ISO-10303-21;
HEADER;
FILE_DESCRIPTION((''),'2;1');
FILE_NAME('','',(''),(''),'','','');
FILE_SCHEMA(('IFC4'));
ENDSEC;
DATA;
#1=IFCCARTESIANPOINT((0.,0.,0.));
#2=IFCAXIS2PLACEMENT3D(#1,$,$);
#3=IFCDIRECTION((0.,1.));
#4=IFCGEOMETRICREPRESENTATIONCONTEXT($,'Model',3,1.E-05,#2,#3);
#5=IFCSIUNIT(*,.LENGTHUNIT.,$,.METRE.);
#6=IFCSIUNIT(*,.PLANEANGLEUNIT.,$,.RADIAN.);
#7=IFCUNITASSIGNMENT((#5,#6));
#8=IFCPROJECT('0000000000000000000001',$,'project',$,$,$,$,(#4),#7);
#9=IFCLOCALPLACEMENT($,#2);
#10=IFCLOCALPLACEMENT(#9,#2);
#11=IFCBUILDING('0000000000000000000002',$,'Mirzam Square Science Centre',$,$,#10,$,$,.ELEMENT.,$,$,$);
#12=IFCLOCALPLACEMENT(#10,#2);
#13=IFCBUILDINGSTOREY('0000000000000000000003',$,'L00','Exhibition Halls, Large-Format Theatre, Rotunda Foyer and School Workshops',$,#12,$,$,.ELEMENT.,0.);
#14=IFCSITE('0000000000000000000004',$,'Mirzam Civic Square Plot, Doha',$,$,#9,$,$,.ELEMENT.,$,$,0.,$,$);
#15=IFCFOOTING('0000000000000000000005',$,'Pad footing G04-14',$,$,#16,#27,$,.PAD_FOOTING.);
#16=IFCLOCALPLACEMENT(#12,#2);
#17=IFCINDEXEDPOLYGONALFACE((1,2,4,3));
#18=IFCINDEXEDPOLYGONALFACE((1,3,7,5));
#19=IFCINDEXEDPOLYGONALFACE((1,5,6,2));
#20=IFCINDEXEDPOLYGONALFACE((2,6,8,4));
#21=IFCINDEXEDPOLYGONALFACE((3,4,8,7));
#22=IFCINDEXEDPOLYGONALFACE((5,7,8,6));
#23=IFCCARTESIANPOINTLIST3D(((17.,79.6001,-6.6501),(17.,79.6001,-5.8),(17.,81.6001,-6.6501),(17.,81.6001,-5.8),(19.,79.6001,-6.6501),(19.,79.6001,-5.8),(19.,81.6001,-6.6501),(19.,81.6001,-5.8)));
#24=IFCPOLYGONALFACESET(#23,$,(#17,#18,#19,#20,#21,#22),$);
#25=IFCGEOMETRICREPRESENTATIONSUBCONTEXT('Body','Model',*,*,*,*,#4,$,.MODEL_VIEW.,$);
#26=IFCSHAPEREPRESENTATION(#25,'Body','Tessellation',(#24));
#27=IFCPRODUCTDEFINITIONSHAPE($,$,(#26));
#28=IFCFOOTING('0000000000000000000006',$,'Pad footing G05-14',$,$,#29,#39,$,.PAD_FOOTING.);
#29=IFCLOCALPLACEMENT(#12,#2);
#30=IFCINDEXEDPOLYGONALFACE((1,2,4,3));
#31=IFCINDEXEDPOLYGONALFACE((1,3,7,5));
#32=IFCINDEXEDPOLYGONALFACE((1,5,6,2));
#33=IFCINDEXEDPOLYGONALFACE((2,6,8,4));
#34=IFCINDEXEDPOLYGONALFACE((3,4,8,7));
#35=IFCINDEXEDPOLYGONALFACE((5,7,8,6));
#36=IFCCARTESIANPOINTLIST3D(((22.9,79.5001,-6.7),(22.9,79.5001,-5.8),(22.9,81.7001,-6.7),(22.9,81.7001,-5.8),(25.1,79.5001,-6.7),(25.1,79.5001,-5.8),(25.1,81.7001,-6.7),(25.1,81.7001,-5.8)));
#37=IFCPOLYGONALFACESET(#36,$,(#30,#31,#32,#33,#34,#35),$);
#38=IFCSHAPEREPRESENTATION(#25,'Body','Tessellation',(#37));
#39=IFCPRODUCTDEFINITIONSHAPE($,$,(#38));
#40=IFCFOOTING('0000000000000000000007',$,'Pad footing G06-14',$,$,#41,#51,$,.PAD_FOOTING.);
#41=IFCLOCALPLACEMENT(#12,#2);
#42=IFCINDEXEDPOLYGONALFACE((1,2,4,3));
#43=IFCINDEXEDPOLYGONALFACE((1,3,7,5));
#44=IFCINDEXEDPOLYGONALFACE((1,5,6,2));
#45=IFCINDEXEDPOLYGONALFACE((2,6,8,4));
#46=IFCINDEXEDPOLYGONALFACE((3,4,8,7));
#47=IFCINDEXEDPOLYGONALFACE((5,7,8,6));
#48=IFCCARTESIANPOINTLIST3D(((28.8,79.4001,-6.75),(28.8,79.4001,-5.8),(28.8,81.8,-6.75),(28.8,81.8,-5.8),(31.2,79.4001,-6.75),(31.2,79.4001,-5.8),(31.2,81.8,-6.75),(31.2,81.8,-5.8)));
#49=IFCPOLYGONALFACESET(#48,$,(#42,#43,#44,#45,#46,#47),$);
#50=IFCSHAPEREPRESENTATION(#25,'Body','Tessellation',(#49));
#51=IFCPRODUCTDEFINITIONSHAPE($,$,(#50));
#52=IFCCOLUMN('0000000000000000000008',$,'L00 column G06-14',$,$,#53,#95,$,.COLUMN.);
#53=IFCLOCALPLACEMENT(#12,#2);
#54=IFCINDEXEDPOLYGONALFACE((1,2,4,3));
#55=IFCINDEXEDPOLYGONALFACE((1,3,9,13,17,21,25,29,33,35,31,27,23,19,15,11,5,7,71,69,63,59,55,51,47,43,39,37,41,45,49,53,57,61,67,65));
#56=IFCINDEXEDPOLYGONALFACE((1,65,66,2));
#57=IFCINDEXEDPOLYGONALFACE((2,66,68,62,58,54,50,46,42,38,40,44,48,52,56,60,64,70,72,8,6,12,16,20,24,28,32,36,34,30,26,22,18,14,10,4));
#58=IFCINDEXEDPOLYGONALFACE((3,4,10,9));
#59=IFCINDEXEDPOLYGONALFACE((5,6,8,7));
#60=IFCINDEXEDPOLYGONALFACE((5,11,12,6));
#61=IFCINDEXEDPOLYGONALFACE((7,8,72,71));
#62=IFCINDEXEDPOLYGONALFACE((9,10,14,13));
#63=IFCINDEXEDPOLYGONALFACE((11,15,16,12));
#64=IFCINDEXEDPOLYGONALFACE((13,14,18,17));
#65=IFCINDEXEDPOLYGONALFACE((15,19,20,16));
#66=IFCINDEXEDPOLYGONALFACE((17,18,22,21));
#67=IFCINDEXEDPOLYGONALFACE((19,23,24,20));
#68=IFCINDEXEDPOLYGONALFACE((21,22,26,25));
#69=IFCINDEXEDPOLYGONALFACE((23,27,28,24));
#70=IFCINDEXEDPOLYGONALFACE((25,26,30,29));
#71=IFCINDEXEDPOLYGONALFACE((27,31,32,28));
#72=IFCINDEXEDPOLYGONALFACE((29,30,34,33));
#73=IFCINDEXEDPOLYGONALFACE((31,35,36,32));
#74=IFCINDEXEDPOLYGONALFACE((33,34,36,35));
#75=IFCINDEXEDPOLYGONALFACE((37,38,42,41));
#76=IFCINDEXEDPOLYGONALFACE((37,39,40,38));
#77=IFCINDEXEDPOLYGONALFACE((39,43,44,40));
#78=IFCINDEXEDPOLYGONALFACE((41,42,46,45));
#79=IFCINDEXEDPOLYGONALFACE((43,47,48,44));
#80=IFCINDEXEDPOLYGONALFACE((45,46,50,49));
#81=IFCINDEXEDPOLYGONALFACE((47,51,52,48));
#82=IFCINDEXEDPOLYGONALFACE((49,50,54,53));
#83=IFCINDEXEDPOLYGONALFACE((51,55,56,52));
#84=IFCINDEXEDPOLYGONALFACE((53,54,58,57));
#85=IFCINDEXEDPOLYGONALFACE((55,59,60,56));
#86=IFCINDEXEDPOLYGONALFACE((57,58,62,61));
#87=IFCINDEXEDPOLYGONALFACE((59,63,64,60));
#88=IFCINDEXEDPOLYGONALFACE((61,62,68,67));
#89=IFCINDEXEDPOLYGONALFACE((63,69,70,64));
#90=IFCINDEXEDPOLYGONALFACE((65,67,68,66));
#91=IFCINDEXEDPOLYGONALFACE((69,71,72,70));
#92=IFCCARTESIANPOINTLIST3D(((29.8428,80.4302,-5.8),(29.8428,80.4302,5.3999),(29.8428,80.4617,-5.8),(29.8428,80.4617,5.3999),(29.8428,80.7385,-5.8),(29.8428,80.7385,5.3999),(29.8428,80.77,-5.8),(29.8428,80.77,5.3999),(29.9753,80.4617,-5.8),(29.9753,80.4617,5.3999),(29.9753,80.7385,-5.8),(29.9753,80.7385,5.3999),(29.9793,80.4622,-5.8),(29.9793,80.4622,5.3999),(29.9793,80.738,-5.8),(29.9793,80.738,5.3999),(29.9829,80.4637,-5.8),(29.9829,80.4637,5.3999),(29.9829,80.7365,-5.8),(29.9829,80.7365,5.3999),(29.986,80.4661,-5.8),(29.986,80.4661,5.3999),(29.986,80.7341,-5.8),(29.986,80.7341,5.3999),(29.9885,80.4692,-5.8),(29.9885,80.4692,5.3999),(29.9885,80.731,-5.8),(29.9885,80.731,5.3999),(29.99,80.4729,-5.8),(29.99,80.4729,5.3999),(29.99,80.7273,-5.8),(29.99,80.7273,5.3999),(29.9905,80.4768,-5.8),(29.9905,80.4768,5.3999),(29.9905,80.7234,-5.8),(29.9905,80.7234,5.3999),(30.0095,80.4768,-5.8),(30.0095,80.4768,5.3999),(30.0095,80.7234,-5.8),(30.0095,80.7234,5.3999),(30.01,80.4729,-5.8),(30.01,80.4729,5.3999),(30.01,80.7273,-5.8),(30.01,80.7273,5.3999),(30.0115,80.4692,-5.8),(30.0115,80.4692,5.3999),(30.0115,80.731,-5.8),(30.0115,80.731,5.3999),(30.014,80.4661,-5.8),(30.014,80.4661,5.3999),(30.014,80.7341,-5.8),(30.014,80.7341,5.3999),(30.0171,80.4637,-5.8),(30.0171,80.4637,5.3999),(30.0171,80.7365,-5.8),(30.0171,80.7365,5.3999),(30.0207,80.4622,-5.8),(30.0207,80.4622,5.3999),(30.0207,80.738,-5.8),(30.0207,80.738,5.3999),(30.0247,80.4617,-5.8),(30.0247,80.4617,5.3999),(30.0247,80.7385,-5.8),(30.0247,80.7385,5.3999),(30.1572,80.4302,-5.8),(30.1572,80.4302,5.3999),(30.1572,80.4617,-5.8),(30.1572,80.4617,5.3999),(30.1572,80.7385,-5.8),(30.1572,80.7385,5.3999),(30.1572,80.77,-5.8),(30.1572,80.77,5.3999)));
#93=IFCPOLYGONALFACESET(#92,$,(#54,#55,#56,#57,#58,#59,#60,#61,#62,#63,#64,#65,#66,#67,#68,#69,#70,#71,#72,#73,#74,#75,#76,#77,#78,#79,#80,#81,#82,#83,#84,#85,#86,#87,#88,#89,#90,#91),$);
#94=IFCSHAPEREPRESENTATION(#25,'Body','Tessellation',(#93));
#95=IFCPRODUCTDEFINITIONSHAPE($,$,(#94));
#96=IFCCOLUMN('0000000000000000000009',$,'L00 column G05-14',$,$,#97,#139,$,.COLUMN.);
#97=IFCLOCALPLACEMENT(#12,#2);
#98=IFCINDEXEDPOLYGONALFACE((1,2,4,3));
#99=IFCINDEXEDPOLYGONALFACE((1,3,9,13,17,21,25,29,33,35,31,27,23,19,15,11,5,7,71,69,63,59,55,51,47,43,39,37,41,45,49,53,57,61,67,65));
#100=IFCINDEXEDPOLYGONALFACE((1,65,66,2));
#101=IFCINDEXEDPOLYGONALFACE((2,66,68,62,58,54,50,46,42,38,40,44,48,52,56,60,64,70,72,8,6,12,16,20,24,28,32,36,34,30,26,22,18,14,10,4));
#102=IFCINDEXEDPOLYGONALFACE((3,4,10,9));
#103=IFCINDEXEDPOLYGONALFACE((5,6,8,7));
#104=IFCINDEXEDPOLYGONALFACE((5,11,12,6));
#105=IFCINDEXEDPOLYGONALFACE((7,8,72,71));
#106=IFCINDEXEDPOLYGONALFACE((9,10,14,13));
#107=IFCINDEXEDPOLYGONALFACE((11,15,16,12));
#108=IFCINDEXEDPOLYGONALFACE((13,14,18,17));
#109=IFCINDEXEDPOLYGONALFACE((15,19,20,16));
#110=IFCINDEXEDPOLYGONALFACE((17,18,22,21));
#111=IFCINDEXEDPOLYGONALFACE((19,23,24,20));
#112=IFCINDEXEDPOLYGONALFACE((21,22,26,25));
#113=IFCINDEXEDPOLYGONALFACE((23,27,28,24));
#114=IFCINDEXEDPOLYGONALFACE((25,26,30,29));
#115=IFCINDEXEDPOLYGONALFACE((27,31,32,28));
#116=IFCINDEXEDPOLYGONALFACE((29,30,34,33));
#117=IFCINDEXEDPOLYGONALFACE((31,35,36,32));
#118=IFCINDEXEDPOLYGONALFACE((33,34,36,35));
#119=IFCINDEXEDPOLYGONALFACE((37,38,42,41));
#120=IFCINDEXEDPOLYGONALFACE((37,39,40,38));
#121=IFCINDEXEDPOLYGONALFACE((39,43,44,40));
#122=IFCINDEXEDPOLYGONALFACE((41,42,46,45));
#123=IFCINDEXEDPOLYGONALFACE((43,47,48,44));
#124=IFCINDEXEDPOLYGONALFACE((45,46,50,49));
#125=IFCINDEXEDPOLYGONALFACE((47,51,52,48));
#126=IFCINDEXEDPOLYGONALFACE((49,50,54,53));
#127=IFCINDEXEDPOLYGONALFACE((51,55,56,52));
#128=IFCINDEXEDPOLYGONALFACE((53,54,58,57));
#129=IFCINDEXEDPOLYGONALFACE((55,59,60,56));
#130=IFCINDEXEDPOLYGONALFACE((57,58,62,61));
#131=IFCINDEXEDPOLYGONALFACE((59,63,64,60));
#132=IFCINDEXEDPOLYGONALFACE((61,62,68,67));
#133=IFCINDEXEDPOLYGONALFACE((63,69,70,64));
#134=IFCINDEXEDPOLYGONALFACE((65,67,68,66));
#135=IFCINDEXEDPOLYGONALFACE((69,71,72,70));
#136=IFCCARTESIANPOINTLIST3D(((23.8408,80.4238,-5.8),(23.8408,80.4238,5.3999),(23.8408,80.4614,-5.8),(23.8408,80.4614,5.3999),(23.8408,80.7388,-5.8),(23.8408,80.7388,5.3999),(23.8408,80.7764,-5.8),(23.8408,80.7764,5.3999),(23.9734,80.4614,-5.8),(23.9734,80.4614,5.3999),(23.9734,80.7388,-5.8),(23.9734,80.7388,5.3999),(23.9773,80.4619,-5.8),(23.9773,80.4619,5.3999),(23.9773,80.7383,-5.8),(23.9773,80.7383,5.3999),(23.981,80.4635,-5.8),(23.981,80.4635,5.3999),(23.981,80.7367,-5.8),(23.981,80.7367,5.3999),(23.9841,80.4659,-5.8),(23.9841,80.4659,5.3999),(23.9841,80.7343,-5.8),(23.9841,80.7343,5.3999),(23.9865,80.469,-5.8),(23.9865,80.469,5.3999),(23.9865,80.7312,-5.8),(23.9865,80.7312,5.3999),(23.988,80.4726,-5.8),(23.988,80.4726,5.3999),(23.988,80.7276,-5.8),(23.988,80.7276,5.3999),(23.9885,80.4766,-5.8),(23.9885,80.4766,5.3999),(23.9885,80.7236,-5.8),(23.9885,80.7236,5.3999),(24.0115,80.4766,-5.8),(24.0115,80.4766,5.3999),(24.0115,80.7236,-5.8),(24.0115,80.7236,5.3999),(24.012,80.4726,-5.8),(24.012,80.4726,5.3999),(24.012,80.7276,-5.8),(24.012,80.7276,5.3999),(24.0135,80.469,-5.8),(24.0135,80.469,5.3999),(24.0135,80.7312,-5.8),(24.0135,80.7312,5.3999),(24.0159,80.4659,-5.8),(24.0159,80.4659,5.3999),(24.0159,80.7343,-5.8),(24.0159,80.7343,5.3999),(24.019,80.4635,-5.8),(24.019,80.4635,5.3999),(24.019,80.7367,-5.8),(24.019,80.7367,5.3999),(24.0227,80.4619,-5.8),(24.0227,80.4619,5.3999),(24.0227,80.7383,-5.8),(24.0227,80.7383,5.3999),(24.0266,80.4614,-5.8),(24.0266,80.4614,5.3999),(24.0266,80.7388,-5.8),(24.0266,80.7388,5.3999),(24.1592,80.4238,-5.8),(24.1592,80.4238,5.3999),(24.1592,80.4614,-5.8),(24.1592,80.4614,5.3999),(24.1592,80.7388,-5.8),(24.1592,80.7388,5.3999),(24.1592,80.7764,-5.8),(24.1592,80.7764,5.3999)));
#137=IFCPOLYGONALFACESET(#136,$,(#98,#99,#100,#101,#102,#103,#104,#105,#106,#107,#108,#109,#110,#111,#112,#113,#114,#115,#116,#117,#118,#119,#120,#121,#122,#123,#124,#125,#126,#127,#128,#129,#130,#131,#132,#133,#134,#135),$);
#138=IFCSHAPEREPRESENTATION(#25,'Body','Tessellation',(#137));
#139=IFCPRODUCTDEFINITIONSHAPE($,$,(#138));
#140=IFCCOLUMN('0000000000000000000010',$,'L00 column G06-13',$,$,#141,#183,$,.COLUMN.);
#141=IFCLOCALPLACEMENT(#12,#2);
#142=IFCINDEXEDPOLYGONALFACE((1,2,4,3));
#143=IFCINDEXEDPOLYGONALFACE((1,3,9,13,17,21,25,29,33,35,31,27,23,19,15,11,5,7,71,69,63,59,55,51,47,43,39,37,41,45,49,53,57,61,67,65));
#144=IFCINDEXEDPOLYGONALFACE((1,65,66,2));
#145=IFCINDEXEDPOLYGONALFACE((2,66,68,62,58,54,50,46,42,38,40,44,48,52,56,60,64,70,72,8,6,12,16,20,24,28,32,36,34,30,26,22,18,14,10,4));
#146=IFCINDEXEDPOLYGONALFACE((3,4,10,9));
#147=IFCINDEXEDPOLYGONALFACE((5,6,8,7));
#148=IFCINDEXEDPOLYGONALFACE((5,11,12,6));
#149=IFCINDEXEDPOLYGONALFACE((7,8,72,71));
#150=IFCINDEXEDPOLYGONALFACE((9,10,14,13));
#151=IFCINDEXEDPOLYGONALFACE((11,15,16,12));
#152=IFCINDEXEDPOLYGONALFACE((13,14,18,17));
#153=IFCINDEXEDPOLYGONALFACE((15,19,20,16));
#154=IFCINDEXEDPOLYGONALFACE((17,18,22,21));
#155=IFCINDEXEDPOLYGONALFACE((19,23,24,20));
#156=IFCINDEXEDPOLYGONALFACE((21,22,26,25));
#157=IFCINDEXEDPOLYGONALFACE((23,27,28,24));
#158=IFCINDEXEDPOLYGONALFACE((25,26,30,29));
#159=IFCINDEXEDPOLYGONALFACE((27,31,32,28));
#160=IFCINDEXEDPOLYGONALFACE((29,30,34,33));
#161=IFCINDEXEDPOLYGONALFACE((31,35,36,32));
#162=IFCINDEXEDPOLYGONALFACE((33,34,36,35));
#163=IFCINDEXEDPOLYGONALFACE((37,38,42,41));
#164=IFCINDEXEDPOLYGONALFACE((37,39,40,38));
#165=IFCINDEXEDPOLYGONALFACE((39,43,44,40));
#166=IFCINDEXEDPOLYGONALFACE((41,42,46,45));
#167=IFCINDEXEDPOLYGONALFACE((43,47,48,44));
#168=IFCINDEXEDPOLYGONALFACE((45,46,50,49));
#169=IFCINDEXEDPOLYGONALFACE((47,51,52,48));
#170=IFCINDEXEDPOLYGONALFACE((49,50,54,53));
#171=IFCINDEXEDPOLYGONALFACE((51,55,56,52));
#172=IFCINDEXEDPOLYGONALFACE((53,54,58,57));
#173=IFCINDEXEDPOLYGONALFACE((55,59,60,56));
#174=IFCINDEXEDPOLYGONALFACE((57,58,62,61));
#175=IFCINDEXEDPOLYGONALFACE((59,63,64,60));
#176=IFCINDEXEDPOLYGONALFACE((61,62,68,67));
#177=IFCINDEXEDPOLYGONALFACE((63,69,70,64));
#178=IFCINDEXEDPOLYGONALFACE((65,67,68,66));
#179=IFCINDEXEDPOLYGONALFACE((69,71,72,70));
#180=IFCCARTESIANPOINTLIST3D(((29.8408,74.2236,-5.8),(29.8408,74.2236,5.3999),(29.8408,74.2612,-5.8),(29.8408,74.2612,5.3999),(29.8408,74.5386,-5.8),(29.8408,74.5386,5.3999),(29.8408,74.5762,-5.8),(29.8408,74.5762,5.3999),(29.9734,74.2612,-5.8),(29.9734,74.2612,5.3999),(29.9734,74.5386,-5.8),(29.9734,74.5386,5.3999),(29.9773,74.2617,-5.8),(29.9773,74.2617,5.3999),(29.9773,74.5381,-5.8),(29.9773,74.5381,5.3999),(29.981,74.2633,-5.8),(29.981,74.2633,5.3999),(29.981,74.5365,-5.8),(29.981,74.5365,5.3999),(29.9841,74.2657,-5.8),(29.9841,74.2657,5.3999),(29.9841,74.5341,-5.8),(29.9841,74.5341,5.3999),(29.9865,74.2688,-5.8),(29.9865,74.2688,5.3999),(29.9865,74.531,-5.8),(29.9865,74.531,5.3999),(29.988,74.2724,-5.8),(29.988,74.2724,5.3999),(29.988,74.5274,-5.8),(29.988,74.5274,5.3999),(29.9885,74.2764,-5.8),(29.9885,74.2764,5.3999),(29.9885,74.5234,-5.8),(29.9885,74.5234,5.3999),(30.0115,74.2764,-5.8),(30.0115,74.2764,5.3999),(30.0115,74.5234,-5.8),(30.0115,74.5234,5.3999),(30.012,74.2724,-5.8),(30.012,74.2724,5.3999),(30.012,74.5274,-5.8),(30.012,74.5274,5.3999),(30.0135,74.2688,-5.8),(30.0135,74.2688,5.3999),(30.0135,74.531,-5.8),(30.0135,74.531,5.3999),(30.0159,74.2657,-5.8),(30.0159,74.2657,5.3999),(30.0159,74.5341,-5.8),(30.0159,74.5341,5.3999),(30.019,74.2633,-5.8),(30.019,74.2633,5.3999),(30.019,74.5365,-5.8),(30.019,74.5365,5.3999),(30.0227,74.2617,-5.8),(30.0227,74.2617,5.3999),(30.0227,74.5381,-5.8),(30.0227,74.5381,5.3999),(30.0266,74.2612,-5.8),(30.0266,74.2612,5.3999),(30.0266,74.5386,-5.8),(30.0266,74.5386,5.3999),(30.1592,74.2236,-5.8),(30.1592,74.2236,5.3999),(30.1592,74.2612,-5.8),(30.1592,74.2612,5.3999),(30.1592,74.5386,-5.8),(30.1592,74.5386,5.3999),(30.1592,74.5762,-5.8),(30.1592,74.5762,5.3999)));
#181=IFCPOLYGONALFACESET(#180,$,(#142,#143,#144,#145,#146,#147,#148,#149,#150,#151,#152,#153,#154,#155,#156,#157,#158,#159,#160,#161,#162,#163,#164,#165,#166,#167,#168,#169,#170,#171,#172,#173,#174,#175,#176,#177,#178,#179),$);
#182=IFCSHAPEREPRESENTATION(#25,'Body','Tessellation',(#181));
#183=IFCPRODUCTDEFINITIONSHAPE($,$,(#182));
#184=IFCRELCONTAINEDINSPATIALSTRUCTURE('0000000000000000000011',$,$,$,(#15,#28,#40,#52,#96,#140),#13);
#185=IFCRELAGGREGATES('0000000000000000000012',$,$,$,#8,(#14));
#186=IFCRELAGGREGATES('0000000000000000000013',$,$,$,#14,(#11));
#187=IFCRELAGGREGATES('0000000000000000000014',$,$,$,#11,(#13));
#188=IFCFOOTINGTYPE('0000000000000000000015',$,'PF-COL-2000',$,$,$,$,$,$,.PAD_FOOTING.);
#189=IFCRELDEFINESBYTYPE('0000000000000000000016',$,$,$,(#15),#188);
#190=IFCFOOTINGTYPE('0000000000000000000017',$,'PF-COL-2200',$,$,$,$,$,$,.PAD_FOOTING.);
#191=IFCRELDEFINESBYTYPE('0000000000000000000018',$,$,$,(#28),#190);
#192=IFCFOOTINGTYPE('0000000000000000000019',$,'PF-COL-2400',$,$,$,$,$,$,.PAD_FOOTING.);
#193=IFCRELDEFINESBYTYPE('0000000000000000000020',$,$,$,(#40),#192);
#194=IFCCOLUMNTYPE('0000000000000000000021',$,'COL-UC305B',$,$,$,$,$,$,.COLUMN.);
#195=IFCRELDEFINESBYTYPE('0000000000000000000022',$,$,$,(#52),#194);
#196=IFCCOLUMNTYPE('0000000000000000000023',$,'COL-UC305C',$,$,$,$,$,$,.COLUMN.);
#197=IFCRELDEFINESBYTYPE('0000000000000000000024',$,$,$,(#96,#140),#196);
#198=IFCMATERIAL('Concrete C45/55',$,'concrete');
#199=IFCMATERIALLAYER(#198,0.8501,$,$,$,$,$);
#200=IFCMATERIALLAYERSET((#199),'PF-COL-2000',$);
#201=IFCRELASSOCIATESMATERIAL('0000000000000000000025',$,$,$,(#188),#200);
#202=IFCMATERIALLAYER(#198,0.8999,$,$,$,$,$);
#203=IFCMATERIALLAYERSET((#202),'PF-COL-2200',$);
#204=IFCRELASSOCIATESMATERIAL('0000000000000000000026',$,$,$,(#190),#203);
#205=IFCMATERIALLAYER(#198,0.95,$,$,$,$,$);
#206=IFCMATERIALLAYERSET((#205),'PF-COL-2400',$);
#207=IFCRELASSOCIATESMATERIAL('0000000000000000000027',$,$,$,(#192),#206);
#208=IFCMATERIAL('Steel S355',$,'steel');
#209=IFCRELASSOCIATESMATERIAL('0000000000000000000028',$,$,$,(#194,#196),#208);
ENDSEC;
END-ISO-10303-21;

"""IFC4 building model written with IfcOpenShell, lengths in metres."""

from ifc_helpers import new_model, si_unit, direction, frame, origin, origin_2d, place, context, subcontext, project, spatial, rectangle, i_section, extrude, material, layer, layer_set, material_profile, profile_set, type_object, element, save


model = new_model("IFC4")

# Units and contexts
model_context = context("Model", 3, precision=1e-05, world=origin(), true_north=direction((0.0, 1.0)))
body_context = subcontext(model_context, "Body", "Model", "MODEL_VIEW")
ifc_project = project(units=[si_unit("LENGTHUNIT", "METRE"), si_unit("PLANEANGLEUNIT", "RADIAN")], contexts=[model_context])

# Site, building, storey
site_placement = place(None, origin())
site = spatial("IfcSite", under=ifc_project, at=site_placement, Name="Mirzam Civic Square Plot, Doha", CompositionType="ELEMENT", RefElevation=0.0)
building_placement = place(site_placement, origin())
building = spatial("IfcBuilding", under=site, at=building_placement, Name="Mirzam Square Science Centre", CompositionType="ELEMENT")
storey_placement = place(building_placement, origin())
storey = spatial("IfcBuildingStorey", under=building, at=storey_placement, Name="L00", Description="Exhibition Halls, Large-Format Theatre, Rotunda Foyer and School Workshops", CompositionType="ELEMENT", Elevation=0.0)

# Footings
ifc_material_1 = material(Name="Concrete C45/55", Category="concrete")
ifc_layer_1 = layer(ifc_material_1, 0.8501)
ifc_layer_set_1 = layer_set([ifc_layer_1], Name="PF-COL-2000")
footing_type_1 = type_object("IfcFootingType", Name="PF-COL-2000", PredefinedType="PAD_FOOTING", material=ifc_layer_set_1)
footing_1_placement = place(storey_placement, frame((18.0, 80.6001, -6.6501), z_axis=(0.0, 0.0, 1.0), x_axis=(1.0, 0.0, 0.0)))
element("IfcFooting", 1, at=footing_1_placement, inside=storey, type_object=footing_type_1, Name="Pad footing G04-14", PredefinedType="PAD_FOOTING", context=body_context, shape_type="SweptSolid", body=[
    extrude(rectangle(XDim=2.0, YDim=2.0, at=origin_2d()), origin(), (0.0, 0.0, 1.0), 0.8501),
])
ifc_layer_2 = layer(ifc_material_1, 0.8999)
ifc_layer_set_2 = layer_set([ifc_layer_2], Name="PF-COL-2200")
footing_type_2 = type_object("IfcFootingType", Name="PF-COL-2200", PredefinedType="PAD_FOOTING", material=ifc_layer_set_2)
footing_2_placement = place(storey_placement, frame((24.0, 80.6001, -6.7), z_axis=(0.0, 0.0, 1.0), x_axis=(1.0, 0.0, 0.0)))
element("IfcFooting", 2, at=footing_2_placement, inside=storey, type_object=footing_type_2, Name="Pad footing G05-14", PredefinedType="PAD_FOOTING", context=body_context, shape_type="SweptSolid", body=[
    extrude(rectangle(XDim=2.2, YDim=2.2, at=origin_2d()), origin(), (0.0, 0.0, 1.0), 0.8999),
])
ifc_layer_3 = layer(ifc_material_1, 0.95)
ifc_layer_set_3 = layer_set([ifc_layer_3], Name="PF-COL-2400")
footing_type_3 = type_object("IfcFootingType", Name="PF-COL-2400", PredefinedType="PAD_FOOTING", material=ifc_layer_set_3)
footing_3_placement = place(storey_placement, frame((30.0, 80.6001, -6.75), z_axis=(0.0, 0.0, 1.0), x_axis=(1.0, 0.0, 0.0)))
element("IfcFooting", 3, at=footing_3_placement, inside=storey, type_object=footing_type_3, Name="Pad footing G06-14", PredefinedType="PAD_FOOTING", context=body_context, shape_type="SweptSolid", body=[
    extrude(rectangle(XDim=2.3999, YDim=2.3999, at=origin_2d()), origin(), (0.0, 0.0, 1.0), 0.95),
])

# Columns
ifc_material_2 = material(Name="Steel S355", Category="steel")
ifc_material_profile_1 = material_profile(ifc_material_2, i_section(OverallWidth=0.3145, OverallDepth=0.3398, WebThickness=0.019, FlangeThickness=0.0315, FilletRadius=0.0151, at=origin_2d()), Name="305x305x198UC")
ifc_profile_set_1 = profile_set([ifc_material_profile_1], Name="Steel S355")
column_type_1 = type_object("IfcColumnType", Name="COL-UC305B", PredefinedType="COLUMN", material=ifc_profile_set_1)
column_1_placement = place(storey_placement, frame((30.0, 80.6001, -5.8), z_axis=(0.0, 0.0, 1.0), x_axis=(1.0, 0.0, 0.0)))
element("IfcColumn", 4, at=column_1_placement, inside=storey, type_object=column_type_1, Name="L00 column G06-14", PredefinedType="COLUMN", context=body_context, shape_type="SweptSolid", body=[
    extrude(i_section(OverallWidth=0.3145, OverallDepth=0.3398, WebThickness=0.019, FlangeThickness=0.0315, FilletRadius=0.0151, at=origin_2d()), origin(), (0.0, 0.0, 1.0), 11.2),
])
ifc_material_profile_2 = material_profile(ifc_material_2, i_section(OverallWidth=0.3184, OverallDepth=0.3525, WebThickness=0.0229, FlangeThickness=0.0376, FilletRadius=0.0151, at=origin_2d()), Name="305x305x240UC")
ifc_profile_set_2 = profile_set([ifc_material_profile_2], Name="Steel S355")
column_type_2 = type_object("IfcColumnType", Name="COL-UC305C", PredefinedType="COLUMN", material=ifc_profile_set_2)
for number, where, z_axis, x_axis, name in (
    (5, (24.0, 80.6001, -5.8), (0.0, 0.0, 1.0), (1.0, 0.0, 0.0), "L00 column G05-14"),
    (6, (30.0, 74.3999, -5.8), (0.0, 0.0, 1.0), (1.0, 0.0, 0.0), "L00 column G06-13"),
):
    element("IfcColumn", number, at=place(storey_placement, frame(where, z_axis=z_axis, x_axis=x_axis)), inside=storey, type_object=column_type_2, Name=name, PredefinedType="COLUMN", context=body_context, shape_type="SweptSolid", body=[
        extrude(i_section(OverallWidth=0.3184, OverallDepth=0.3525, WebThickness=0.0229, FlangeThickness=0.0376, FilletRadius=0.0151, at=origin_2d()), origin(), (0.0, 0.0, 1.0), 11.2),
    ])

save(model, "model.ifc")
